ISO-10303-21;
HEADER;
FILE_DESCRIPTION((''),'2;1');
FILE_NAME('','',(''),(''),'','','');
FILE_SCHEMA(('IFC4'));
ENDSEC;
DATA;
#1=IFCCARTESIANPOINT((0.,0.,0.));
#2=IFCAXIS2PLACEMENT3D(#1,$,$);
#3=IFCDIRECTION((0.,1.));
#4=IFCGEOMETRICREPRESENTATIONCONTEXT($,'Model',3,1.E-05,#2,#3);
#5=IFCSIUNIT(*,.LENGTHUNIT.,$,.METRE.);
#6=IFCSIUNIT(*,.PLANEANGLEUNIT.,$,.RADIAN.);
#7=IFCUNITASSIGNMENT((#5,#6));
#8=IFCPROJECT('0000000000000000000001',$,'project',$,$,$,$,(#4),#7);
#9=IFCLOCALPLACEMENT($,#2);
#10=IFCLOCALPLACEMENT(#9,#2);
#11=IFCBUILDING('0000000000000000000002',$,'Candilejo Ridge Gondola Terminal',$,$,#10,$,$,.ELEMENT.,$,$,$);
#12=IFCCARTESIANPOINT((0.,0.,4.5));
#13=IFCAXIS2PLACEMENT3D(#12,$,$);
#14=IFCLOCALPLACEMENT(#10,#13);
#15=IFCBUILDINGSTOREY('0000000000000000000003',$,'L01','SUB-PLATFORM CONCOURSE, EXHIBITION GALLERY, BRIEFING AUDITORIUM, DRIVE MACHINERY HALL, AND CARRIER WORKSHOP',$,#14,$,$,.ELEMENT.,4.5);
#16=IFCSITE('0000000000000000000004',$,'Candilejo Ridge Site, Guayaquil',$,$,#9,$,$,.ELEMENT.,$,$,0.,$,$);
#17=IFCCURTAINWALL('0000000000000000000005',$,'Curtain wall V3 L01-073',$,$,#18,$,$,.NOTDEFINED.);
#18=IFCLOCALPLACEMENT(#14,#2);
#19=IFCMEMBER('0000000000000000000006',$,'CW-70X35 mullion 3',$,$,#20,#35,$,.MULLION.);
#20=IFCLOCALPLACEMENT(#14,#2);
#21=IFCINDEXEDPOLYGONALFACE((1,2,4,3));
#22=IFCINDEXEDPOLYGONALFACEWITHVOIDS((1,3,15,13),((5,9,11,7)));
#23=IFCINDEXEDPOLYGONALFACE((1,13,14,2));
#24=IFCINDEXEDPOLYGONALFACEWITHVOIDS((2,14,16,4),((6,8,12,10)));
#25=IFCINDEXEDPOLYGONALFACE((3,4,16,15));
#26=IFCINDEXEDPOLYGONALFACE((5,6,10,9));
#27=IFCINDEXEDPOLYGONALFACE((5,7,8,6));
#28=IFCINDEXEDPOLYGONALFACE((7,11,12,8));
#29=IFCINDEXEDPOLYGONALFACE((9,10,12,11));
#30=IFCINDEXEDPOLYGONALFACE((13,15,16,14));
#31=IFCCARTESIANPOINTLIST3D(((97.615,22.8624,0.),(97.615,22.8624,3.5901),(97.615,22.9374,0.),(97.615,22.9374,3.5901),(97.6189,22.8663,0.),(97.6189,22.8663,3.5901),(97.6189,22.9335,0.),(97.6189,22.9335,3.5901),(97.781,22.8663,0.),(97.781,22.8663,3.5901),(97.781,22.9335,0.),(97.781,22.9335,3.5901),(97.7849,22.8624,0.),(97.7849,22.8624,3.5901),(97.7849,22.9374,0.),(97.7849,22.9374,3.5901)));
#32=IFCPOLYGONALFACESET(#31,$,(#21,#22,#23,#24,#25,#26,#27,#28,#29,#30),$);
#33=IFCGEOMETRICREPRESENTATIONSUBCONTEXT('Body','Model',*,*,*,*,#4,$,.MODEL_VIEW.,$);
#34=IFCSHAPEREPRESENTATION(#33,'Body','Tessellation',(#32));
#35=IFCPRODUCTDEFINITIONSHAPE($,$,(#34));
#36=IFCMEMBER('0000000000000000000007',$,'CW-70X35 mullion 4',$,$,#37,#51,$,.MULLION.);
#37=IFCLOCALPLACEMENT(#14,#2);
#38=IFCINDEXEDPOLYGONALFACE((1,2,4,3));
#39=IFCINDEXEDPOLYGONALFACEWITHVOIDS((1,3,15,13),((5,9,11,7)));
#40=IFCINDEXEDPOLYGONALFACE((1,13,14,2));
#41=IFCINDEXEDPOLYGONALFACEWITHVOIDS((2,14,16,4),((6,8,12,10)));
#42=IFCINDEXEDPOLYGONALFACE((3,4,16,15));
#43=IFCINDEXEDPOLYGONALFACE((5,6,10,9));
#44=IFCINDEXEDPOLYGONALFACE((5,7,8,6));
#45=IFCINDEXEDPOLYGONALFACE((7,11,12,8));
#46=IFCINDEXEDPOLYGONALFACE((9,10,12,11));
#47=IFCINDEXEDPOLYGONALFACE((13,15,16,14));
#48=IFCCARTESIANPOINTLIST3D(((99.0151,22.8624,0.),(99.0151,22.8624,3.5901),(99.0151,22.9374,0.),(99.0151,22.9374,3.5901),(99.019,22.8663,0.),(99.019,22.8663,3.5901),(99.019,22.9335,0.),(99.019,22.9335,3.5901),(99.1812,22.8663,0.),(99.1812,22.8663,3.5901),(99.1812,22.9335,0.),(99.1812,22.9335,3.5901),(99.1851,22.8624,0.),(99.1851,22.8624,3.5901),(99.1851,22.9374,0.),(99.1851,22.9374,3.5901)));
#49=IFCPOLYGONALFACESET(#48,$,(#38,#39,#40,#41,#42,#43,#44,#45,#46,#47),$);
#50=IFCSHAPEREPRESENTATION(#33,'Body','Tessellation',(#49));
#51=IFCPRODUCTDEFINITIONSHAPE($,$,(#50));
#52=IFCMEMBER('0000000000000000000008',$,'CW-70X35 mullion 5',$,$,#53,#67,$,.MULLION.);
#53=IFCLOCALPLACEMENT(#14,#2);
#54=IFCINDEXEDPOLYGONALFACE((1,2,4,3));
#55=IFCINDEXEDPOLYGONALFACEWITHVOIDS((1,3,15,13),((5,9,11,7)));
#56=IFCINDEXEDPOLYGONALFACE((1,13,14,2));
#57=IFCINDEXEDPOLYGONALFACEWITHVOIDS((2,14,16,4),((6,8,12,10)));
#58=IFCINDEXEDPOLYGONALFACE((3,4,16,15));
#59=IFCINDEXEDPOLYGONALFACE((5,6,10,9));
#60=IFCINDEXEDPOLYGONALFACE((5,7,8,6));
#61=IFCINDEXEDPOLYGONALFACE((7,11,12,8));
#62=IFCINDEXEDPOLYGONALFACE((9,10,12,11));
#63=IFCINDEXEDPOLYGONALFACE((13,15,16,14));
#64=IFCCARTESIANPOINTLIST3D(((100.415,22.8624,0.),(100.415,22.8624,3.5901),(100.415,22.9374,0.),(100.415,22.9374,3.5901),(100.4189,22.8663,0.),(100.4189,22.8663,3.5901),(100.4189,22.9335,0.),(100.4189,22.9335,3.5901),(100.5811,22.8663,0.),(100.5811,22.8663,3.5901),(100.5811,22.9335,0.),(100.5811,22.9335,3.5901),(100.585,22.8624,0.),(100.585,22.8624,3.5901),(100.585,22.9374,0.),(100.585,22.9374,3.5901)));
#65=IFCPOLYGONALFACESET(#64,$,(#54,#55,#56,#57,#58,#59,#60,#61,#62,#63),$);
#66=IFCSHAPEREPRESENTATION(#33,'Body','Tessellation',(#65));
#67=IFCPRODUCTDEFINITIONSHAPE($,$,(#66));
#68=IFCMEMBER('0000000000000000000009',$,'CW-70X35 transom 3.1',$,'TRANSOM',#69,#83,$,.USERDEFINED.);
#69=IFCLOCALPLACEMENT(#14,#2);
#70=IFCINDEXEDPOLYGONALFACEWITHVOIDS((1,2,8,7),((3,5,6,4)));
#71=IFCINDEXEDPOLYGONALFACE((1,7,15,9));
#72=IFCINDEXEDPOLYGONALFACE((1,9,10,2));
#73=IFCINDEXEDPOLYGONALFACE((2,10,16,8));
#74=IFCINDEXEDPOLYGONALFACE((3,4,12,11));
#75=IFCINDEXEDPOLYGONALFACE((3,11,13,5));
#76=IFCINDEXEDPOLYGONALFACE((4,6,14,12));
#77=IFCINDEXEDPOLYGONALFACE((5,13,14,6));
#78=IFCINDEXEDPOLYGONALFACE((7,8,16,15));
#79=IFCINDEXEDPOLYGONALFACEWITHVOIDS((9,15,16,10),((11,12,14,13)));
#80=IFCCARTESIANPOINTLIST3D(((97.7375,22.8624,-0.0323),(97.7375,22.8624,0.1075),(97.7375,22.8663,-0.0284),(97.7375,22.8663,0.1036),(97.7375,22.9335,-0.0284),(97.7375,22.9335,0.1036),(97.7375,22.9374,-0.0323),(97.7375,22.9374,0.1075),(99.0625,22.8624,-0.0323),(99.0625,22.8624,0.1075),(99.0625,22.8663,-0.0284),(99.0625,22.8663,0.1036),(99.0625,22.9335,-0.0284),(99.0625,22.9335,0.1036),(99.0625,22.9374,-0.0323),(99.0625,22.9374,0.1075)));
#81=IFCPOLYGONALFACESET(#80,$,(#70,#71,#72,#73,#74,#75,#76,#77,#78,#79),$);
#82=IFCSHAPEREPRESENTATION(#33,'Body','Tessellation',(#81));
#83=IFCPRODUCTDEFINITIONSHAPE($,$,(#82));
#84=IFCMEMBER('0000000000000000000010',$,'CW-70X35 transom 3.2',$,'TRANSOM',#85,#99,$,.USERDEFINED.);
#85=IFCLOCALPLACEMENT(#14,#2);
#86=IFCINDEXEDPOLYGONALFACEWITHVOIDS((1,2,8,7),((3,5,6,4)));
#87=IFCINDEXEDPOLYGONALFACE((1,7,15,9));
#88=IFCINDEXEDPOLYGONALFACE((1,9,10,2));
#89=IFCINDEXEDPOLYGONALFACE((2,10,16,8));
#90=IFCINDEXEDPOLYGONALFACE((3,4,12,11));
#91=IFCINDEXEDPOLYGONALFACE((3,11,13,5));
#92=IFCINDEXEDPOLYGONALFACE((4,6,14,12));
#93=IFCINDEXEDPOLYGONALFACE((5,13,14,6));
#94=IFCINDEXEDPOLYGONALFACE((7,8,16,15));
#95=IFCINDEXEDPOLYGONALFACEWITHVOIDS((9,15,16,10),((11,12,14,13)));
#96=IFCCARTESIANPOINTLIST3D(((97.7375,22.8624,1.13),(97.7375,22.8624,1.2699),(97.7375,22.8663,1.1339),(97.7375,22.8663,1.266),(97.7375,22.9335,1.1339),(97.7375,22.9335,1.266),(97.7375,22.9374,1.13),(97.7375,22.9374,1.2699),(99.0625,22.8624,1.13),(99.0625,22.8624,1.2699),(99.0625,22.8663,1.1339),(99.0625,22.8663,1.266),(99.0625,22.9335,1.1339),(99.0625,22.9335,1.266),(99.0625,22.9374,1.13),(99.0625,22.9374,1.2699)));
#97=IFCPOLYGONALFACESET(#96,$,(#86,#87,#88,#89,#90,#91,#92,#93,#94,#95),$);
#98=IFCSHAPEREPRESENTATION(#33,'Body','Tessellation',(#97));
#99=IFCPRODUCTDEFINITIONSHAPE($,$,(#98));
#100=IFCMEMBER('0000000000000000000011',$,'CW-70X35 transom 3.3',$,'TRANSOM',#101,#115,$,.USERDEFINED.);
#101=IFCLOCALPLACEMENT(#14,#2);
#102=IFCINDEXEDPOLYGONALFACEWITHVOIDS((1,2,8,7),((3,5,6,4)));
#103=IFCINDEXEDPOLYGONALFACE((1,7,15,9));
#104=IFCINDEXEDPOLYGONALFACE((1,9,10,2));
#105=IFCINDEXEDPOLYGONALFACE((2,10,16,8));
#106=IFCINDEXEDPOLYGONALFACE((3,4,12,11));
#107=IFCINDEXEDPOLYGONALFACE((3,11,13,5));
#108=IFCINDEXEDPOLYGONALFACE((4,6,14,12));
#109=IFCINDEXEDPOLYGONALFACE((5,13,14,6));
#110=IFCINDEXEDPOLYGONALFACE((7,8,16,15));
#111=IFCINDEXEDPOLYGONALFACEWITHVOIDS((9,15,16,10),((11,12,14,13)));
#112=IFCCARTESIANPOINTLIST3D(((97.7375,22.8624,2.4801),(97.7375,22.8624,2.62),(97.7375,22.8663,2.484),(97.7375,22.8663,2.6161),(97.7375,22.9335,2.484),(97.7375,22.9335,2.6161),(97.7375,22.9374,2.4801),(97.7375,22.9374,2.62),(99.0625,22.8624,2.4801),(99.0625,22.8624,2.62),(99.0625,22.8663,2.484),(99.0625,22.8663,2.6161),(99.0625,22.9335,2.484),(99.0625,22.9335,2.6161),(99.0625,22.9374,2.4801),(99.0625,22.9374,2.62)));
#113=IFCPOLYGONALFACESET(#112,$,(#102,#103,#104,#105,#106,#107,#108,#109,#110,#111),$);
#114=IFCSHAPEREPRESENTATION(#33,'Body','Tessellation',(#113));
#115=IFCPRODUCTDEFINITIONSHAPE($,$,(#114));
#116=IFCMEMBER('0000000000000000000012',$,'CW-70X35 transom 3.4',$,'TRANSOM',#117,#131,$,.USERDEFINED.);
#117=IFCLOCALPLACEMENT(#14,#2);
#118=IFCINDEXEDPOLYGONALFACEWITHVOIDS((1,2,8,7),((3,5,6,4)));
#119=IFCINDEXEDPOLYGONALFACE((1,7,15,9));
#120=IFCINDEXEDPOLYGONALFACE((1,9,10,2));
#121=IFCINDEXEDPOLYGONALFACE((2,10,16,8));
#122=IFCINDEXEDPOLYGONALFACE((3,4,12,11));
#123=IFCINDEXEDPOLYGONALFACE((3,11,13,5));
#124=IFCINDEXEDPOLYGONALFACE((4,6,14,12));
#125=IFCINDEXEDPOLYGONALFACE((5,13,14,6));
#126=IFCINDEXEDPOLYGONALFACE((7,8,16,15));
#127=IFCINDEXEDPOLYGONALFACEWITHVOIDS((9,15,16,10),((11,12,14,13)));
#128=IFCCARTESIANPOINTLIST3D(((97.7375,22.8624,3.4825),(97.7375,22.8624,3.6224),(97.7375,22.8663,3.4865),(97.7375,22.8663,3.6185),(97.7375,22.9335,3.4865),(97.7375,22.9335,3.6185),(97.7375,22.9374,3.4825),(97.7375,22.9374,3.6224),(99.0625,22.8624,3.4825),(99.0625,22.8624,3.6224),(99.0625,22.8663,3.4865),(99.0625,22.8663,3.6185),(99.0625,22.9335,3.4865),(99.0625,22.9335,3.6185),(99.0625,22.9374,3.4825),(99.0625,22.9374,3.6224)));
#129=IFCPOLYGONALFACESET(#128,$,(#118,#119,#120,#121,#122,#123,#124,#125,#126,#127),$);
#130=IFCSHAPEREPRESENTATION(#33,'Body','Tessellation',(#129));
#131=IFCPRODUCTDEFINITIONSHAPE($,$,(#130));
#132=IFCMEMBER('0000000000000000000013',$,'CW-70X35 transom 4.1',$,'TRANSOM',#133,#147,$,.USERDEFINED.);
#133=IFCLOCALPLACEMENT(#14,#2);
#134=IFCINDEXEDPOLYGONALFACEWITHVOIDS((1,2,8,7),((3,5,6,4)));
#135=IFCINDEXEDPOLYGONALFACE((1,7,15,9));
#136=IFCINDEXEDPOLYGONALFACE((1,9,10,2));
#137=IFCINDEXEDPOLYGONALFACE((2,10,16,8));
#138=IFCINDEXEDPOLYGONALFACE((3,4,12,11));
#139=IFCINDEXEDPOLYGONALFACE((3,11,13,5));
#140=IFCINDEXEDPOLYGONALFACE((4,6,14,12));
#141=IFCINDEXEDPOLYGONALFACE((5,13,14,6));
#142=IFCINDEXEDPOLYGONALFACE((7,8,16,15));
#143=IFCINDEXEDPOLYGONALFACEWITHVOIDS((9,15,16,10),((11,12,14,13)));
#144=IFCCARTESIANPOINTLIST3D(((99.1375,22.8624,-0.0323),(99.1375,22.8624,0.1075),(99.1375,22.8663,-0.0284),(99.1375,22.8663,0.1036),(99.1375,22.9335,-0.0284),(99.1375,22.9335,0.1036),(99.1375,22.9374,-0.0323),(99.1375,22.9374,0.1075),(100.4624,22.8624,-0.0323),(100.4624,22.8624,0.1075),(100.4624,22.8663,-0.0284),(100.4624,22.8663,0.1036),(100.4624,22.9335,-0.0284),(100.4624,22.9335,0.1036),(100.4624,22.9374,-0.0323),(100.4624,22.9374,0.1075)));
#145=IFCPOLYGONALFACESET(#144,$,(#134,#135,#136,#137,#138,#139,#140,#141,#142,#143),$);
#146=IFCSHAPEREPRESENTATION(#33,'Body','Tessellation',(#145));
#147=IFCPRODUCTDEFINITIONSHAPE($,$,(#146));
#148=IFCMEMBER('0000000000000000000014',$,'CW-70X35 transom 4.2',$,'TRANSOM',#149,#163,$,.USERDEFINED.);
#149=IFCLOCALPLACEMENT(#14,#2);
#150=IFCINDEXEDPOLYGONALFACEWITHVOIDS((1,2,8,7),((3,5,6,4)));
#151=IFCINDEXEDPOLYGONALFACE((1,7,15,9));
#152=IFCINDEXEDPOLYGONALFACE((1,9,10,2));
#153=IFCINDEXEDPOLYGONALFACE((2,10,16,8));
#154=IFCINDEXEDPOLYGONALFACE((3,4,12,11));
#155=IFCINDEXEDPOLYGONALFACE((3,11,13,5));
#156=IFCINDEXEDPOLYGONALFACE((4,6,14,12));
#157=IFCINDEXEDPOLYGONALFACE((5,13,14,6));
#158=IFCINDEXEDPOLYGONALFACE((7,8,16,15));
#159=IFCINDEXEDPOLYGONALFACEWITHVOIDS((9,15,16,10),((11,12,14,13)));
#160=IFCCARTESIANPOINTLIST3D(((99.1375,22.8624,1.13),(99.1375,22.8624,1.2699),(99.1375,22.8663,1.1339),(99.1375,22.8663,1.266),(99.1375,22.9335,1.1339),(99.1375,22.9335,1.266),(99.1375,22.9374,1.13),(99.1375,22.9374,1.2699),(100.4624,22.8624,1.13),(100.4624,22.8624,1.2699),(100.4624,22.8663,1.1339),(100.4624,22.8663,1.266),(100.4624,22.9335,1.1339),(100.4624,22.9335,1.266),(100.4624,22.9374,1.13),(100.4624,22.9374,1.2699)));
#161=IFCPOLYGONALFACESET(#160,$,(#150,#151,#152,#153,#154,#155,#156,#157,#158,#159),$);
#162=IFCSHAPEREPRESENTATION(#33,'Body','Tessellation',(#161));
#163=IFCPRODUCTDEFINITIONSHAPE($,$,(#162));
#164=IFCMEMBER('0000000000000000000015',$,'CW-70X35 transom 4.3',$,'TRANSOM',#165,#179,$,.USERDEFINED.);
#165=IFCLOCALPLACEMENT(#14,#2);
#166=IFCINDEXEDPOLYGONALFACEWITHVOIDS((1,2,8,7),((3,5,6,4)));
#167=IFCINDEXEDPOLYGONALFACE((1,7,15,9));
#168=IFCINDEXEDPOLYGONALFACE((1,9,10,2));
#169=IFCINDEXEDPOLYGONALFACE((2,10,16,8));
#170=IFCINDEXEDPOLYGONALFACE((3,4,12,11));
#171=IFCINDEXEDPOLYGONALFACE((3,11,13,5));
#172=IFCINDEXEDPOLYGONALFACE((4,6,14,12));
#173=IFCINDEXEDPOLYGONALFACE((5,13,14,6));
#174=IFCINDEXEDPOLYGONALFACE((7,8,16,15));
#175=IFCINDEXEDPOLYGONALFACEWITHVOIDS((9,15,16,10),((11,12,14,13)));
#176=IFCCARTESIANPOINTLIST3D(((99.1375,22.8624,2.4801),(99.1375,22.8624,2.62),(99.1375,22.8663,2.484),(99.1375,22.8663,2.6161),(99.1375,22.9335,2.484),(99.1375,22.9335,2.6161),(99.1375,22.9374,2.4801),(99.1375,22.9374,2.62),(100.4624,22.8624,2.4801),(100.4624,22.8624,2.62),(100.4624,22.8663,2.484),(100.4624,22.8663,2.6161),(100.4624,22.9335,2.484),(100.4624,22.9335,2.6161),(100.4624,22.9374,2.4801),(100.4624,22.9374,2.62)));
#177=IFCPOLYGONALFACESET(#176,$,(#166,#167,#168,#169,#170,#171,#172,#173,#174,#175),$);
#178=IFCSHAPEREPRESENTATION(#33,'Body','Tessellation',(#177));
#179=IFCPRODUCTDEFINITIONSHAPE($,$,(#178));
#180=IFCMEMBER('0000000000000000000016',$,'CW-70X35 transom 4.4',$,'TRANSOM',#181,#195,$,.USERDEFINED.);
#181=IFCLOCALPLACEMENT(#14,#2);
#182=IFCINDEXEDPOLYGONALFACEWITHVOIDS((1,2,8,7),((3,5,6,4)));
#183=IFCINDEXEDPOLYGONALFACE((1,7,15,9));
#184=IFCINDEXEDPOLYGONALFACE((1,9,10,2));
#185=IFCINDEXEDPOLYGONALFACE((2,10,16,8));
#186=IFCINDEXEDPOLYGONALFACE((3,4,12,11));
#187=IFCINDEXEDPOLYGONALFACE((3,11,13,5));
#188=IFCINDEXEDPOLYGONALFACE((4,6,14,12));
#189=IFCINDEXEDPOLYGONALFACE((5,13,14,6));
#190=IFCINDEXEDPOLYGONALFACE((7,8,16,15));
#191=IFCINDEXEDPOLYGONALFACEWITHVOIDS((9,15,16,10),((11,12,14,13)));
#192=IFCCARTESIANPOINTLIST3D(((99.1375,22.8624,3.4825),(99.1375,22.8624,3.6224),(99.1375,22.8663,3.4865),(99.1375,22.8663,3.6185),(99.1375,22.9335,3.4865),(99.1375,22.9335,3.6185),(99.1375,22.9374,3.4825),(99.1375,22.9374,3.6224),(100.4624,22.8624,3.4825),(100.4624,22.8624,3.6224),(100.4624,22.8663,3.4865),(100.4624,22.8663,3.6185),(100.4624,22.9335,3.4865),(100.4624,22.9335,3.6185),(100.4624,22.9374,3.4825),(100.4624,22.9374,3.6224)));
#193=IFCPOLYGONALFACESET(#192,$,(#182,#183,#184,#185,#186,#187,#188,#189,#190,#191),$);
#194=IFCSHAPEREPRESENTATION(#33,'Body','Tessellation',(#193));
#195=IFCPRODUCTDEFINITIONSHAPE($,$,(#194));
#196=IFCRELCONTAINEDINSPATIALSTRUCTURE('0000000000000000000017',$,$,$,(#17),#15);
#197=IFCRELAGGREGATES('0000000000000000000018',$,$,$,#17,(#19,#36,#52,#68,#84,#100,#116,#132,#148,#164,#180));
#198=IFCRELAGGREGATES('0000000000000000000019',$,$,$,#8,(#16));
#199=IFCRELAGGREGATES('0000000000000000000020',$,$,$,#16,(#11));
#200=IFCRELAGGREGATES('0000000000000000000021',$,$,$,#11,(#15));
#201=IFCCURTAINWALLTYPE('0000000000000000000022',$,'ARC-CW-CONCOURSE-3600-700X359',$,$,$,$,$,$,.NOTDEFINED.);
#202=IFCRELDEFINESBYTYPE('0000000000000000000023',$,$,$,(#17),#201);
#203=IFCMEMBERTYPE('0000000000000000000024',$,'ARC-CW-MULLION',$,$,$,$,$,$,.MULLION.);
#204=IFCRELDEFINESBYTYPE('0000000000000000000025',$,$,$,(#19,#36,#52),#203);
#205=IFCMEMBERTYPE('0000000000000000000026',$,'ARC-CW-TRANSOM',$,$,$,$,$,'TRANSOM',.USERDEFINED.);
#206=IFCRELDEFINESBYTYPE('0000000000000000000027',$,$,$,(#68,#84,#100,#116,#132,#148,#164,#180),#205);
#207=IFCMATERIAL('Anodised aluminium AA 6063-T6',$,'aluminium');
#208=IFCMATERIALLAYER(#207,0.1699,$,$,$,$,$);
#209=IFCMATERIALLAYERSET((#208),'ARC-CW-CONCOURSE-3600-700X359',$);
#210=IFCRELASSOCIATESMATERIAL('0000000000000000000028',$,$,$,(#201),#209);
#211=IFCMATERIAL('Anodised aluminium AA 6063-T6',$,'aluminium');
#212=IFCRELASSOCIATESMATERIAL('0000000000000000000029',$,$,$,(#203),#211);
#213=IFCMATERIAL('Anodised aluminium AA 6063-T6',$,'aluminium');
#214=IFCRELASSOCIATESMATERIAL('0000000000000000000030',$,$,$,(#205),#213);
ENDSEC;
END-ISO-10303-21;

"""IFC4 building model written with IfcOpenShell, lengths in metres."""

from ifc_helpers import new_model, si_unit, direction, frame, origin, origin_2d, place, context, subcontext, project, spatial, hollow_rectangle, extrude, material, layer, layer_set, material_profile, profile_set, type_object, element, aggregate, save


model = new_model("IFC4")

# Units and contexts
model_context = context("Model", 3, precision=1e-05, world=origin(), true_north=direction((0.0, 1.0)))
body_context = subcontext(model_context, "Body", "Model", "MODEL_VIEW")
ifc_project = project(units=[si_unit("LENGTHUNIT", "METRE"), si_unit("PLANEANGLEUNIT", "RADIAN")], contexts=[model_context])

# Site, building, storey
site_placement = place(None, origin())
site = spatial("IfcSite", under=ifc_project, at=site_placement, Name="Candilejo Ridge Site, Guayaquil", CompositionType="ELEMENT", RefElevation=0.0)
building_placement = place(site_placement, origin())
building = spatial("IfcBuilding", under=site, at=building_placement, Name="Candilejo Ridge Gondola Terminal", CompositionType="ELEMENT")
storey_placement = place(building_placement, frame((0.0, 0.0, 4.5)))
storey = spatial("IfcBuildingStorey", under=building, at=storey_placement, Name="L01", Description="SUB-PLATFORM CONCOURSE, EXHIBITION GALLERY, BRIEFING AUDITORIUM, DRIVE MACHINERY HALL, AND CARRIER WORKSHOP", CompositionType="ELEMENT", Elevation=4.5)

# Curtain wall, members
ifc_material_1 = material(Name="Anodised aluminium AA 6063-T6", Category="aluminium")
ifc_layer_1 = layer(ifc_material_1, 0.1699)
ifc_layer_set_1 = layer_set([ifc_layer_1], Name="ARC-CW-CONCOURSE-3600-700X359")
curtain_wall_type = type_object("IfcCurtainWallType", Name="ARC-CW-CONCOURSE-3600-700X359", PredefinedType="NOTDEFINED", material=ifc_layer_set_1)
curtain_wall_placement = place(storey_placement, origin())
curtain_wall = element("IfcCurtainWall", 1, at=curtain_wall_placement, inside=storey, type_object=curtain_wall_type, Name="Curtain wall V3 L01-073", PredefinedType="NOTDEFINED")
ifc_material_2 = material(Name="Anodised aluminium AA 6063-T6", Category="aluminium")
ifc_material_profile_1 = material_profile(ifc_material_2, hollow_rectangle(XDim=0.075, YDim=0.1699, WallThickness=0.0039, at=origin_2d()))
ifc_profile_set_1 = profile_set([ifc_material_profile_1], Name="Anodised aluminium AA 6063-T6")
member_type_1 = type_object("IfcMemberType", Name="ARC-CW-MULLION", PredefinedType="MULLION", material=ifc_profile_set_1)
member_1_placement = place(storey_placement, frame((97.7, 22.8999, 0.0), z_axis=(0.0, 0.0, 1.0), x_axis=(0.0, 1.0, 0.0)))
member_1 = element("IfcMember", 2, at=member_1_placement, type_object=member_type_1, Name="CW-70X35 mullion 3", PredefinedType="MULLION", context=body_context, shape_type="SweptSolid", body=[
    extrude(hollow_rectangle(XDim=0.075, YDim=0.1699, WallThickness=0.0039, at=origin_2d()), origin(), (0.0, 0.0, 1.0), 3.5901),
])
member_2_placement = place(storey_placement, frame((99.1001, 22.8999, 0.0), z_axis=(0.0, 0.0, 1.0), x_axis=(0.0, 1.0, 0.0)))
member_2 = element("IfcMember", 3, at=member_2_placement, type_object=member_type_1, Name="CW-70X35 mullion 4", PredefinedType="MULLION", context=body_context, shape_type="SweptSolid", body=[
    extrude(hollow_rectangle(XDim=0.075, YDim=0.1699, WallThickness=0.0039, at=origin_2d()), origin(), (0.0, 0.0, 1.0), 3.5901),
])
member_3_placement = place(storey_placement, frame((100.5, 22.8999, 0.0), z_axis=(0.0, 0.0, 1.0), x_axis=(0.0, 1.0, 0.0)))
member_3 = element("IfcMember", 4, at=member_3_placement, type_object=member_type_1, Name="CW-70X35 mullion 5", PredefinedType="MULLION", context=body_context, shape_type="SweptSolid", body=[
    extrude(hollow_rectangle(XDim=0.075, YDim=0.1699, WallThickness=0.0039, at=origin_2d()), origin(), (0.0, 0.0, 1.0), 3.5901),
])
ifc_material_3 = material(Name="Anodised aluminium AA 6063-T6", Category="aluminium")
ifc_material_profile_2 = material_profile(ifc_material_3, hollow_rectangle(XDim=0.075, YDim=0.1399, WallThickness=0.0039, at=origin_2d()))
ifc_profile_set_2 = profile_set([ifc_material_profile_2], Name="Anodised aluminium AA 6063-T6")
member_type_2 = type_object("IfcMemberType", Name="ARC-CW-TRANSOM", ElementType="TRANSOM", PredefinedType="USERDEFINED", material=ifc_profile_set_2)
member_4_placement = place(storey_placement, frame((97.7375, 22.8999, 0.0376), z_axis=(1.0, 0.0, 0.0), x_axis=(0.0, 1.0, 0.0)))
member_4 = element("IfcMember", 5, at=member_4_placement, type_object=member_type_2, Name="CW-70X35 transom 3.1", ObjectType="TRANSOM", PredefinedType="USERDEFINED", context=body_context, shape_type="SweptSolid", body=[
    extrude(hollow_rectangle(XDim=0.075, YDim=0.1399, WallThickness=0.0039, at=origin_2d()), origin(), (0.0, 0.0, 1.0), 1.325),
])
member_5_placement = place(storey_placement, frame((97.7375, 22.8999, 1.2), z_axis=(1.0, 0.0, 0.0), x_axis=(0.0, 1.0, 0.0)))
member_5 = element("IfcMember", 6, at=member_5_placement, type_object=member_type_2, Name="CW-70X35 transom 3.2", ObjectType="TRANSOM", PredefinedType="USERDEFINED", context=body_context, shape_type="SweptSolid", body=[
    extrude(hollow_rectangle(XDim=0.075, YDim=0.1399, WallThickness=0.0039, at=origin_2d()), origin(), (0.0, 0.0, 1.0), 1.325),
])
member_6_placement = place(storey_placement, frame((97.7375, 22.8999, 2.55), z_axis=(1.0, 0.0, 0.0), x_axis=(0.0, 1.0, 0.0)))
member_6 = element("IfcMember", 7, at=member_6_placement, type_object=member_type_2, Name="CW-70X35 transom 3.3", ObjectType="TRANSOM", PredefinedType="USERDEFINED", context=body_context, shape_type="SweptSolid", body=[
    extrude(hollow_rectangle(XDim=0.075, YDim=0.1399, WallThickness=0.0039, at=origin_2d()), origin(), (0.0, 0.0, 1.0), 1.325),
])
member_7_placement = place(storey_placement, frame((97.7375, 22.8999, 3.5525), z_axis=(1.0, 0.0, 0.0), x_axis=(0.0, 1.0, 0.0)))
member_7 = element("IfcMember", 8, at=member_7_placement, type_object=member_type_2, Name="CW-70X35 transom 3.4", ObjectType="TRANSOM", PredefinedType="USERDEFINED", context=body_context, shape_type="SweptSolid", body=[
    extrude(hollow_rectangle(XDim=0.075, YDim=0.1399, WallThickness=0.0039, at=origin_2d()), origin(), (0.0, 0.0, 1.0), 1.325),
])
member_8_placement = place(storey_placement, frame((99.1375, 22.8999, 0.0376), z_axis=(1.0, 0.0, 0.0), x_axis=(0.0, 1.0, 0.0)))
member_8 = element("IfcMember", 9, at=member_8_placement, type_object=member_type_2, Name="CW-70X35 transom 4.1", ObjectType="TRANSOM", PredefinedType="USERDEFINED", context=body_context, shape_type="SweptSolid", body=[
    extrude(hollow_rectangle(XDim=0.075, YDim=0.1399, WallThickness=0.0039, at=origin_2d()), origin(), (0.0, 0.0, 1.0), 1.325),
])
member_9_placement = place(storey_placement, frame((99.1375, 22.8999, 1.2), z_axis=(1.0, 0.0, 0.0), x_axis=(0.0, 1.0, 0.0)))
member_9 = element("IfcMember", 10, at=member_9_placement, type_object=member_type_2, Name="CW-70X35 transom 4.2", ObjectType="TRANSOM", PredefinedType="USERDEFINED", context=body_context, shape_type="SweptSolid", body=[
    extrude(hollow_rectangle(XDim=0.075, YDim=0.1399, WallThickness=0.0039, at=origin_2d()), origin(), (0.0, 0.0, 1.0), 1.325),
])
member_10_placement = place(storey_placement, frame((99.1375, 22.8999, 2.55), z_axis=(1.0, 0.0, 0.0), x_axis=(0.0, 1.0, 0.0)))
member_10 = element("IfcMember", 11, at=member_10_placement, type_object=member_type_2, Name="CW-70X35 transom 4.3", ObjectType="TRANSOM", PredefinedType="USERDEFINED", context=body_context, shape_type="SweptSolid", body=[
    extrude(hollow_rectangle(XDim=0.075, YDim=0.1399, WallThickness=0.0039, at=origin_2d()), origin(), (0.0, 0.0, 1.0), 1.325),
])
member_11_placement = place(storey_placement, frame((99.1375, 22.8999, 3.5525), z_axis=(1.0, 0.0, 0.0), x_axis=(0.0, 1.0, 0.0)))
member_11 = element("IfcMember", 12, at=member_11_placement, type_object=member_type_2, Name="CW-70X35 transom 4.4", ObjectType="TRANSOM", PredefinedType="USERDEFINED", context=body_context, shape_type="SweptSolid", body=[
    extrude(hollow_rectangle(XDim=0.075, YDim=0.1399, WallThickness=0.0039, at=origin_2d()), origin(), (0.0, 0.0, 1.0), 1.325),
])
aggregate(curtain_wall, [member_1, member_2, member_3, member_4, member_5, member_6, member_7, member_8, member_9, member_10, member_11])

save(model, "model.ifc")
